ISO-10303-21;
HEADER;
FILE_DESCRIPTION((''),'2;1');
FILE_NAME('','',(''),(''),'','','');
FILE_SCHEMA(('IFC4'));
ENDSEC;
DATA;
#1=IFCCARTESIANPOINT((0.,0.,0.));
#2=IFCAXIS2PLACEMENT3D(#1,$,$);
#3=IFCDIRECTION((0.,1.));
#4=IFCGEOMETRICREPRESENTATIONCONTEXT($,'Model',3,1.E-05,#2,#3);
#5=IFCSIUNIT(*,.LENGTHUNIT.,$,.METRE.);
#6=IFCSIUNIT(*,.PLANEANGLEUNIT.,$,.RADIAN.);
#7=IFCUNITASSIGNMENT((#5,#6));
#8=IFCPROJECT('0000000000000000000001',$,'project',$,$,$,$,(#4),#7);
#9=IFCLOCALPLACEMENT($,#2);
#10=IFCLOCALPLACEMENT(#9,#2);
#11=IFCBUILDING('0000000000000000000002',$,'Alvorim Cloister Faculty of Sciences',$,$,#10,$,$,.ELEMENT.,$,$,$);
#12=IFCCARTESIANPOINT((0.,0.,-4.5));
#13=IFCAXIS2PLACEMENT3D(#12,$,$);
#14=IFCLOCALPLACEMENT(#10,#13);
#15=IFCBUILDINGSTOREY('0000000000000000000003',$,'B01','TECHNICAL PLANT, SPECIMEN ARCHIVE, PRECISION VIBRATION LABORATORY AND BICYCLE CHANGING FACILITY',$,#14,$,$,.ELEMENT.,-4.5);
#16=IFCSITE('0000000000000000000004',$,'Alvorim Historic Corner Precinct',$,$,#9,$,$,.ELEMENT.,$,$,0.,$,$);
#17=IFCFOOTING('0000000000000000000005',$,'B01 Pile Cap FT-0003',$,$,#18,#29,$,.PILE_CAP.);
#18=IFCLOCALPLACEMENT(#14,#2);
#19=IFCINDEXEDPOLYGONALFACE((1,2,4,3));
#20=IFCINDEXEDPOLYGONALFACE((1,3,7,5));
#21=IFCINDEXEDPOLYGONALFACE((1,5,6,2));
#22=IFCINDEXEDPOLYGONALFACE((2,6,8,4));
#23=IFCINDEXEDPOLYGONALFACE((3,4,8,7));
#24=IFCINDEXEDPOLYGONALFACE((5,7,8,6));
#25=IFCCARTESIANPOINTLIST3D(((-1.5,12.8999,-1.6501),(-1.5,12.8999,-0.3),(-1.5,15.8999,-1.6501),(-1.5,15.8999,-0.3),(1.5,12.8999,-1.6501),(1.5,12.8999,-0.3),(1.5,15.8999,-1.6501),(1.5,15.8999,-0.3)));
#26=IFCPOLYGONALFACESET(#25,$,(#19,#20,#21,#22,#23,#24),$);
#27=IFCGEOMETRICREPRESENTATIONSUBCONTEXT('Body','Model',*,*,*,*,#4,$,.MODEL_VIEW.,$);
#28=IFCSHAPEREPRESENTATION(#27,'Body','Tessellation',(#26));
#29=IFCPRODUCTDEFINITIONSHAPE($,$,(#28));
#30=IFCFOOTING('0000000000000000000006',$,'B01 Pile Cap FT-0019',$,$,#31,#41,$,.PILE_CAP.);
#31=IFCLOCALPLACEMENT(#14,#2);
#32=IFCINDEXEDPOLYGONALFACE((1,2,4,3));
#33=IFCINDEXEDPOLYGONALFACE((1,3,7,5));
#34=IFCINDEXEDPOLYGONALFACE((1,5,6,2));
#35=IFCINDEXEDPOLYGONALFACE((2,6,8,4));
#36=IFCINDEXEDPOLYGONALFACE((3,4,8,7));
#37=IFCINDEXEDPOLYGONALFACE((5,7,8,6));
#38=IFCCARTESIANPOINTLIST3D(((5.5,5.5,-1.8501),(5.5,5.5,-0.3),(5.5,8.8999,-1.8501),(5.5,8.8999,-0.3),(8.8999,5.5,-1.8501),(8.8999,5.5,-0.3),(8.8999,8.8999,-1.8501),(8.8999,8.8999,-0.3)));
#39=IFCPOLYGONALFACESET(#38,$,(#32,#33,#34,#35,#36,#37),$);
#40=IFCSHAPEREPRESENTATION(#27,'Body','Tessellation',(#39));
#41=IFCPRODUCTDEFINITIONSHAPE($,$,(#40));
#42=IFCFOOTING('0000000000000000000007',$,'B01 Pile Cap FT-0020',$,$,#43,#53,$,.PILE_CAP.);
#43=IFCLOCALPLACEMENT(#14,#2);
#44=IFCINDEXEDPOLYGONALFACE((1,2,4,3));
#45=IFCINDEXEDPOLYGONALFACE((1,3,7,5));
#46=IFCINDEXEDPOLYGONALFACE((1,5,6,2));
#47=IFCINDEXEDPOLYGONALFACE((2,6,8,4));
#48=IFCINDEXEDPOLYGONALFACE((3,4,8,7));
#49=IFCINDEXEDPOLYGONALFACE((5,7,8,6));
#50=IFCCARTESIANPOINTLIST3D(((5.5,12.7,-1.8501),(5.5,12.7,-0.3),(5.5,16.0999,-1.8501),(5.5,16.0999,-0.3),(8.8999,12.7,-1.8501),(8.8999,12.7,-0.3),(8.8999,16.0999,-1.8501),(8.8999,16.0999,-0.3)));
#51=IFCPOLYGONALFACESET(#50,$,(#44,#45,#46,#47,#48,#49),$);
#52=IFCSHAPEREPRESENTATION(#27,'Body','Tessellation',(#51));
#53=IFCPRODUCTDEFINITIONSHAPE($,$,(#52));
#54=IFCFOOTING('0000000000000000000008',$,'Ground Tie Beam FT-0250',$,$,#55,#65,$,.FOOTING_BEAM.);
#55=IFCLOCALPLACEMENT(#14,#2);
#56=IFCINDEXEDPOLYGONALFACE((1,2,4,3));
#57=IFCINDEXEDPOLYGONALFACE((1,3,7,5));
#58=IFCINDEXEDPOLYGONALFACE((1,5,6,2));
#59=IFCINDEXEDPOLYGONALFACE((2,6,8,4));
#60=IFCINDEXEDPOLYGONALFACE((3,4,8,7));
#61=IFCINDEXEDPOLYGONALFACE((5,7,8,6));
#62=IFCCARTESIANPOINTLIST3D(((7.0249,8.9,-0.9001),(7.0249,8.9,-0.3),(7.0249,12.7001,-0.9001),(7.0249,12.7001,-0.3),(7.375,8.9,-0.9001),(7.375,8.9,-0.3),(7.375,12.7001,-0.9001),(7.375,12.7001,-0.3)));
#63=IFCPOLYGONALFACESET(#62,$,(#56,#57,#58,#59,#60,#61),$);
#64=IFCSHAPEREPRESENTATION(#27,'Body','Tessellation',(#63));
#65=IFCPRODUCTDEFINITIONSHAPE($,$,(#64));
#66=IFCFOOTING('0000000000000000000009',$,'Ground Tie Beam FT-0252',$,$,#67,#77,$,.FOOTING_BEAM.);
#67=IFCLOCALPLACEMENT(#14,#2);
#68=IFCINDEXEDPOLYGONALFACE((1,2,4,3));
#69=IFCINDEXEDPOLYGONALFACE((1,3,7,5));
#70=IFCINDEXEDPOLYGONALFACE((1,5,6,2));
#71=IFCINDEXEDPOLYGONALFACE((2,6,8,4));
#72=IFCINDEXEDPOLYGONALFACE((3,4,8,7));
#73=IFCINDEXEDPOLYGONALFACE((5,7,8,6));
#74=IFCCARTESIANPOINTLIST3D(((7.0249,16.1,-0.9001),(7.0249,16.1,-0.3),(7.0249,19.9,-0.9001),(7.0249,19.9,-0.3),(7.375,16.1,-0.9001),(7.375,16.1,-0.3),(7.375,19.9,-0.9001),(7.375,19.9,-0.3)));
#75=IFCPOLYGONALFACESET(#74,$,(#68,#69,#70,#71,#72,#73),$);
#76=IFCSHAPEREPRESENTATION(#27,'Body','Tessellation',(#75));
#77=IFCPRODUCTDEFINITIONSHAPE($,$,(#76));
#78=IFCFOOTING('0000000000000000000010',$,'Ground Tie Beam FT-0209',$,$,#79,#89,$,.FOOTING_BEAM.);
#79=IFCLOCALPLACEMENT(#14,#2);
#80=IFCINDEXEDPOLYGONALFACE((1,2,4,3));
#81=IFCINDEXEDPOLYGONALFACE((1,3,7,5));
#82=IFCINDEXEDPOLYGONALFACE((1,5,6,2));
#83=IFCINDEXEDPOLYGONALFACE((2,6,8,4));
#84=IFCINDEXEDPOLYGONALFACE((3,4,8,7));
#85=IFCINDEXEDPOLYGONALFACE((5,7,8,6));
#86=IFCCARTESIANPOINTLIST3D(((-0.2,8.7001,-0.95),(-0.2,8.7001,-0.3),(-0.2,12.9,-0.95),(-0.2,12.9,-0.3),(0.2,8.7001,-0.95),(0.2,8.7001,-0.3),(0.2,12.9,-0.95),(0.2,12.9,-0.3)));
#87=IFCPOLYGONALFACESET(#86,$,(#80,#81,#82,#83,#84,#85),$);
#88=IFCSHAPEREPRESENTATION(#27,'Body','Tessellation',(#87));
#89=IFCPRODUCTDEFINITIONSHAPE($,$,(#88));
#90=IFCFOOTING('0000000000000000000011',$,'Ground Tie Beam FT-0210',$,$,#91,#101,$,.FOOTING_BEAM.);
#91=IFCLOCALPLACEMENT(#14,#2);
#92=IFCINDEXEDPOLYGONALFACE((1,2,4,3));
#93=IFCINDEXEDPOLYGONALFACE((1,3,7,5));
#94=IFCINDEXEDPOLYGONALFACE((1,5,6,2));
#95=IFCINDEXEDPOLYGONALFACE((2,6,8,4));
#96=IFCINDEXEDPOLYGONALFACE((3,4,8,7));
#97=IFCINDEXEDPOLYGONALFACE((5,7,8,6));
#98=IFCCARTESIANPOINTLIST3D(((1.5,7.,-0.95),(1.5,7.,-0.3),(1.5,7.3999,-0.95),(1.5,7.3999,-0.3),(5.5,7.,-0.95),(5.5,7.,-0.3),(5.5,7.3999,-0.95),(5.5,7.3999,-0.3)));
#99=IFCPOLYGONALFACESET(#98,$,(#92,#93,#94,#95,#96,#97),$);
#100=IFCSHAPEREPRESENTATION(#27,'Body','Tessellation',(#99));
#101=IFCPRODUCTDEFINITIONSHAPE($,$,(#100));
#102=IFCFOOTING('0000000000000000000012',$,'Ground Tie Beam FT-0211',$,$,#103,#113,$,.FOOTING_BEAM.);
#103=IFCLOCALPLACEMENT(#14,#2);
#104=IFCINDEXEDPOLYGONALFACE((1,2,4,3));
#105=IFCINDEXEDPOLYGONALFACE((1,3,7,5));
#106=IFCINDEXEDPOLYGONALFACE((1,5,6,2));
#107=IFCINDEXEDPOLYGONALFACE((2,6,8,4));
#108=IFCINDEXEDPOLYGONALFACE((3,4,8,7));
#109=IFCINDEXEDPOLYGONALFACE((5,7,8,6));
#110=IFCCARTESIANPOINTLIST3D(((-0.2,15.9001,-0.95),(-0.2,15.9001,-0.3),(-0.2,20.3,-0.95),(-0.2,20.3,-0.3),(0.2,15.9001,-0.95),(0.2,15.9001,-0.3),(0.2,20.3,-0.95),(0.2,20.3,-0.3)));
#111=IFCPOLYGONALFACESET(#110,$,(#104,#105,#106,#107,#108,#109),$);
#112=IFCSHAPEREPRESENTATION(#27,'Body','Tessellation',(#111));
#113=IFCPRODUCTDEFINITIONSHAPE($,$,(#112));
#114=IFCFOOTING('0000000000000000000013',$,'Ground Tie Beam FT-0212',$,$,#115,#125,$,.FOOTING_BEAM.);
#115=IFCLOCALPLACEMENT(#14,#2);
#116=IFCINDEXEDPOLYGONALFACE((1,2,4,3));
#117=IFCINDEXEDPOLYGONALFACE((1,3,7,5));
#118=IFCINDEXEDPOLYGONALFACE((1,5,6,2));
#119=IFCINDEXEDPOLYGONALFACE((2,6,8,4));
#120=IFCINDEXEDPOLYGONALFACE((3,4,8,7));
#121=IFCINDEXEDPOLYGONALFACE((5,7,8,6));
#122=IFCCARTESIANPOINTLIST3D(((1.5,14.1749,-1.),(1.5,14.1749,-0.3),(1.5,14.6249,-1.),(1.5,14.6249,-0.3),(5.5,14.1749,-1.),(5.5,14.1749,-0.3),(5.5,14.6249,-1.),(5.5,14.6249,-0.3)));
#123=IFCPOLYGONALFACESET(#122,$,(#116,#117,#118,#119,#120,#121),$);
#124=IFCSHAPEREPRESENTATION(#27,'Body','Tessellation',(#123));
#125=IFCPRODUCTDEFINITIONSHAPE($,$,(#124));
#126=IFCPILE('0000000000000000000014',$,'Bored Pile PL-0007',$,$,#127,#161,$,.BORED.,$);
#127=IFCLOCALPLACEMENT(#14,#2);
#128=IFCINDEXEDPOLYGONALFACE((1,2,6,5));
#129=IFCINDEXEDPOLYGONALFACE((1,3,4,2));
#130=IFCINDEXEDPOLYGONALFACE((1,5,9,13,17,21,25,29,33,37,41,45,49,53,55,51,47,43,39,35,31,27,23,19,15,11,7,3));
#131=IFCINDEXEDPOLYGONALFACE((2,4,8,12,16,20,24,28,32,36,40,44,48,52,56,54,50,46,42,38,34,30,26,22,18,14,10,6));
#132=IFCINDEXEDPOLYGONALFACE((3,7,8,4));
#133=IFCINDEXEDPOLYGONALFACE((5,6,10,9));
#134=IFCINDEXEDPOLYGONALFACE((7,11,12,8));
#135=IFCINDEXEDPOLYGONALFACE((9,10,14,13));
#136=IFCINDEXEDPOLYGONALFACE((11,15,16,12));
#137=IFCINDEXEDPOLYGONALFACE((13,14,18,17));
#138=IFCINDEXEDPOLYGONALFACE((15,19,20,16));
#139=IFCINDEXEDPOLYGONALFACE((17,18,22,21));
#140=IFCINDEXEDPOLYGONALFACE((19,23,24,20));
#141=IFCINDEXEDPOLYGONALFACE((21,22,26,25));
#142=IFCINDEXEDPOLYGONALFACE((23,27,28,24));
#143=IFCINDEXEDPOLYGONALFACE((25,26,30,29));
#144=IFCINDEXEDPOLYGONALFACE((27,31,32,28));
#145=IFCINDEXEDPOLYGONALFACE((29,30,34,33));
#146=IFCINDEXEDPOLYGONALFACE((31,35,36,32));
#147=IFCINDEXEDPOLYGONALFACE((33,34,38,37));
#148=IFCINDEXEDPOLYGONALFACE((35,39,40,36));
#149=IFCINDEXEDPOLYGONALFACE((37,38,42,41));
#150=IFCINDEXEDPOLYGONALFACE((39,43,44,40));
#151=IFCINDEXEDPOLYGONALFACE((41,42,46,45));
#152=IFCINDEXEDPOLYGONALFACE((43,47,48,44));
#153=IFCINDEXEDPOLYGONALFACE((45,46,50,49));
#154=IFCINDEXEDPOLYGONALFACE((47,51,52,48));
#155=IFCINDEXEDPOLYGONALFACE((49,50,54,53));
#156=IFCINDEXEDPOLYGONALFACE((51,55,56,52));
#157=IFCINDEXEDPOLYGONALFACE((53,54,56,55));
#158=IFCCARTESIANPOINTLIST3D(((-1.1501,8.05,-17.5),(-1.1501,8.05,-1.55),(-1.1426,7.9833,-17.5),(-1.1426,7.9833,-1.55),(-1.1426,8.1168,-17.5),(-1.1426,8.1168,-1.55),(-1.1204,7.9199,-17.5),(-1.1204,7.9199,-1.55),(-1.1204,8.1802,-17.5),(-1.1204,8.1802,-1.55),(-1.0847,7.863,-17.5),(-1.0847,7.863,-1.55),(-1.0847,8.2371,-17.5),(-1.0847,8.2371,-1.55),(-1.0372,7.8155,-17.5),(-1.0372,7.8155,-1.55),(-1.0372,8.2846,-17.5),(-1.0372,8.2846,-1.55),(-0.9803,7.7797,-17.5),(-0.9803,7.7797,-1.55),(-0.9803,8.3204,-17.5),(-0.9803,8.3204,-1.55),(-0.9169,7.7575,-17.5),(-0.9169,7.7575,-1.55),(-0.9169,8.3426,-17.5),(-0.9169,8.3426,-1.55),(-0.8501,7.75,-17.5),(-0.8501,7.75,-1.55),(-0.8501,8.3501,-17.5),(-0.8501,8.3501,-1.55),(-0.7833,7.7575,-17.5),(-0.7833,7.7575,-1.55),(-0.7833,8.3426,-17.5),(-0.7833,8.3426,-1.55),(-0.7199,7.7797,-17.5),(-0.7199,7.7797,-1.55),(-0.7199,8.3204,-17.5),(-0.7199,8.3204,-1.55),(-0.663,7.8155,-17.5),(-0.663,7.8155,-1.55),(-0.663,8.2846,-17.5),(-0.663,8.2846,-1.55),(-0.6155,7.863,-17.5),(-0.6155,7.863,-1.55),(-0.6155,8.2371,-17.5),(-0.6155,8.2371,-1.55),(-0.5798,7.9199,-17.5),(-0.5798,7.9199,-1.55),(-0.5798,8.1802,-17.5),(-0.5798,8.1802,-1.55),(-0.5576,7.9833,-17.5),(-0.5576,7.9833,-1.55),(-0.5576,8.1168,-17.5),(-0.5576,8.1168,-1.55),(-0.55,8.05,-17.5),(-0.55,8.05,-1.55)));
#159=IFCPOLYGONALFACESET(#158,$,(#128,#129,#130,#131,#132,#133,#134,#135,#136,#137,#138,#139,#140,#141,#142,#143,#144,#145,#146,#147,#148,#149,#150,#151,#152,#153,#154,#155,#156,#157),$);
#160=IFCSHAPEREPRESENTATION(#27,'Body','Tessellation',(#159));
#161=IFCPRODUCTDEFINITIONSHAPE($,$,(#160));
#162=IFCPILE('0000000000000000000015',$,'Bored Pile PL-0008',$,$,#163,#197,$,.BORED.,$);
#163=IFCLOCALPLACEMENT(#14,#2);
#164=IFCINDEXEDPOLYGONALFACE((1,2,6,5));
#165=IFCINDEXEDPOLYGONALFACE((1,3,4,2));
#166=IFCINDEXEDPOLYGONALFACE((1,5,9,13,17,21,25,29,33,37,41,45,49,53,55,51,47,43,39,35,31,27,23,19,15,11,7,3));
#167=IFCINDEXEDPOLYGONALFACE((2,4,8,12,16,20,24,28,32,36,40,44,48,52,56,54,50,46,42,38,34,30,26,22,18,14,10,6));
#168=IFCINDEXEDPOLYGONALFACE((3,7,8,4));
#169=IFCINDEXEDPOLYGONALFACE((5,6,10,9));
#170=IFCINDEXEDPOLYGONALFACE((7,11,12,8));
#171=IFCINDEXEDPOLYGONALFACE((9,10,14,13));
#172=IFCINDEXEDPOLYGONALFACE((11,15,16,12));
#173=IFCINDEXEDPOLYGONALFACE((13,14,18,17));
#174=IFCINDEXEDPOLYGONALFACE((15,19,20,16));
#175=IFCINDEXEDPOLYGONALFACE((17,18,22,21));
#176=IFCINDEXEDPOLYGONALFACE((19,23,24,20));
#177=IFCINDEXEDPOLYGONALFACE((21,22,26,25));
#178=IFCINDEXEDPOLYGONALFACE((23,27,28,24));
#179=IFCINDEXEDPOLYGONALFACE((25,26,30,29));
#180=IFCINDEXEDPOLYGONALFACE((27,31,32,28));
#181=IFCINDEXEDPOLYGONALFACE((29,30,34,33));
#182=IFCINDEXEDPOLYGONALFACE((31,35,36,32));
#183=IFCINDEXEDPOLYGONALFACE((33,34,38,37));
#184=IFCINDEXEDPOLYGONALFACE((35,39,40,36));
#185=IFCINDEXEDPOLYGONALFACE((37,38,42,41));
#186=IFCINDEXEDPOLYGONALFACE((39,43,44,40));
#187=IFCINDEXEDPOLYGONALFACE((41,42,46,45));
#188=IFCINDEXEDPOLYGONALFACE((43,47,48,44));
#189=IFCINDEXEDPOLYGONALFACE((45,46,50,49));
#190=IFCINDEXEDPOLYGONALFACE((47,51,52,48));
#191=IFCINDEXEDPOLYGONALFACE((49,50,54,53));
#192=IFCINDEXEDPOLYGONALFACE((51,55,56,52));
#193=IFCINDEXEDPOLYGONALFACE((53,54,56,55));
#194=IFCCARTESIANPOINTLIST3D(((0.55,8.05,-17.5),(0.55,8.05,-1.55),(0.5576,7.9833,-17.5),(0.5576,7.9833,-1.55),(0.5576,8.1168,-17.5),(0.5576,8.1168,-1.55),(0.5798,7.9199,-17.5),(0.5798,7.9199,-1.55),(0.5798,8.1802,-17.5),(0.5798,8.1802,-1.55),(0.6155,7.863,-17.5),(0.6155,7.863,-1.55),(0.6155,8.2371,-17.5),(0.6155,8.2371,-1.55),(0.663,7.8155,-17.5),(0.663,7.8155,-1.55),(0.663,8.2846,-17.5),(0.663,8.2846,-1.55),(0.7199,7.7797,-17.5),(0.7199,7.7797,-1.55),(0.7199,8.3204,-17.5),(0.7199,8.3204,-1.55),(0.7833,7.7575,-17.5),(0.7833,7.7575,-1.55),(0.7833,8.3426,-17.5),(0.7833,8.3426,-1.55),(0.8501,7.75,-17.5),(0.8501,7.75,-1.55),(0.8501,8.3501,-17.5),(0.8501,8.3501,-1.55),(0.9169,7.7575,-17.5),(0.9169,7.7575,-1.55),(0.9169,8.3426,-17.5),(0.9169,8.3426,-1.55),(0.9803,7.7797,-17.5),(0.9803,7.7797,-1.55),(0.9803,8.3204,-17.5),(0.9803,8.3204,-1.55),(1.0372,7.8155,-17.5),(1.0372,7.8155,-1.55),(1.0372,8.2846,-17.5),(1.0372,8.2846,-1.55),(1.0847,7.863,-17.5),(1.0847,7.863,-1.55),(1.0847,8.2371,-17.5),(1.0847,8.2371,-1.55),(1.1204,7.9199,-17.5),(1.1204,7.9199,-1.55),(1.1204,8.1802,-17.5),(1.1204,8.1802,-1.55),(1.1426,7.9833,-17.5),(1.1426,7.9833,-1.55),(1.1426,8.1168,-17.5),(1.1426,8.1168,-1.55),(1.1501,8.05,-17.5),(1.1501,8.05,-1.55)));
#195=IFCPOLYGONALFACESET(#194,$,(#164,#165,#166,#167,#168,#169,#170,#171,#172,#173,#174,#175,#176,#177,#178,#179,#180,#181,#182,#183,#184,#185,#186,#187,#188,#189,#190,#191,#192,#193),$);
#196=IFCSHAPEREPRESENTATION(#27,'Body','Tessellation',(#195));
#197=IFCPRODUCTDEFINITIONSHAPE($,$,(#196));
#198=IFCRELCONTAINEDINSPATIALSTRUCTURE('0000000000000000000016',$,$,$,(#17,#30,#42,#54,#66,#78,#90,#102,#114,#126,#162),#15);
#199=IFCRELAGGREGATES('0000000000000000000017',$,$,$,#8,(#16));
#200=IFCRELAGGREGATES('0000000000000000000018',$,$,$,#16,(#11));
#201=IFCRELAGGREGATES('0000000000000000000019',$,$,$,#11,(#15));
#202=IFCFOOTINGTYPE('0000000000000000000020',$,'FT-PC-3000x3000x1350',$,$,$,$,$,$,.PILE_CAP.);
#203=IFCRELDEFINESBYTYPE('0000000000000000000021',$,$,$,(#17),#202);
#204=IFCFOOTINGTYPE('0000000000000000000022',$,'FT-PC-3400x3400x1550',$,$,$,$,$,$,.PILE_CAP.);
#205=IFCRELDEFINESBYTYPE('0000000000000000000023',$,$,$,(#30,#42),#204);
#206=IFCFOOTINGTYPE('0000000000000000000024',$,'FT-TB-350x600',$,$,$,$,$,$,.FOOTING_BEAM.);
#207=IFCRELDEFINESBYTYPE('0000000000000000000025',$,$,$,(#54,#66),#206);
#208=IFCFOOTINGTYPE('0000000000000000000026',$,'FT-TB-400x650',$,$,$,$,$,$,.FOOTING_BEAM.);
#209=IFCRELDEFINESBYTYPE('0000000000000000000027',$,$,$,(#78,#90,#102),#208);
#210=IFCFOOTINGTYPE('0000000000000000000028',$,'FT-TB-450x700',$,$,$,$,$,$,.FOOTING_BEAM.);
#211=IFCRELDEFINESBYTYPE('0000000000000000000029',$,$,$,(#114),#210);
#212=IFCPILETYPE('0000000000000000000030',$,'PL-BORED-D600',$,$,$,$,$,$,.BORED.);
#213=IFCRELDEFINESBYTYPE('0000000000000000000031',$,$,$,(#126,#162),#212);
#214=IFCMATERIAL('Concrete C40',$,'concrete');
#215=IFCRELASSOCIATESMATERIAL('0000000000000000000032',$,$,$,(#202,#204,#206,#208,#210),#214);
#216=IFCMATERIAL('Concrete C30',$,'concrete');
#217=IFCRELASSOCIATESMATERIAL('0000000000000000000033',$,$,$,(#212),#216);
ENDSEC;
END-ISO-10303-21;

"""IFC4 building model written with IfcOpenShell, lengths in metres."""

from ifc_helpers import new_model, si_unit, direction, frame, origin, origin_2d, place, context, subcontext, project, spatial, rectangle, circle, extrude, material, material_profile, profile_set, type_object, element, save


model = new_model("IFC4")

# Units and contexts
model_context = context("Model", 3, precision=1e-05, world=origin(), true_north=direction((0.0, 1.0)))
body_context = subcontext(model_context, "Body", "Model", "MODEL_VIEW")
ifc_project = project(units=[si_unit("LENGTHUNIT", "METRE"), si_unit("PLANEANGLEUNIT", "RADIAN")], contexts=[model_context])

# Site, building, storey
site_placement = place(None, origin())
site = spatial("IfcSite", under=ifc_project, at=site_placement, Name="Alvorim Historic Corner Precinct", CompositionType="ELEMENT", RefElevation=0.0)
building_placement = place(site_placement, origin())
building = spatial("IfcBuilding", under=site, at=building_placement, Name="Alvorim Cloister Faculty of Sciences", CompositionType="ELEMENT")
storey_placement = place(building_placement, frame((0.0, 0.0, -4.5)))
storey = spatial("IfcBuildingStorey", under=building, at=storey_placement, Name="B01", Description="TECHNICAL PLANT, SPECIMEN ARCHIVE, PRECISION VIBRATION LABORATORY AND BICYCLE CHANGING FACILITY", CompositionType="ELEMENT", Elevation=-4.5)

# Footings
ifc_material_1 = material(Name="Concrete C40", Category="concrete")
footing_type_1 = type_object("IfcFootingType", Name="FT-PC-3000x3000x1350", PredefinedType="PILE_CAP", material=ifc_material_1)
footing_1_placement = place(storey_placement, frame((0.0, 14.3999, -1.6501), z_axis=(0.0, 0.0, 1.0), x_axis=(1.0, 0.0, 0.0)))
element("IfcFooting", 1, at=footing_1_placement, inside=storey, type_object=footing_type_1, Name="B01 Pile Cap FT-0003", PredefinedType="PILE_CAP", context=body_context, shape_type="SweptSolid", body=[
    extrude(rectangle(XDim=3.0, YDim=3.0, at=origin_2d()), origin(), (0.0, 0.0, 1.0), 1.3501),
])
footing_type_2 = type_object("IfcFootingType", Name="FT-PC-3400x3400x1550", PredefinedType="PILE_CAP", material=ifc_material_1)
for number, where, z_axis, x_axis, name in (
    (2, (7.2, 7.2, -1.8501), (0.0, 0.0, 1.0), (1.0, 0.0, 0.0), "B01 Pile Cap FT-0019"),
    (3, (7.2, 14.3999, -1.8501), (0.0, 0.0, 1.0), (1.0, 0.0, 0.0), "B01 Pile Cap FT-0020"),
):
    element("IfcFooting", number, at=place(storey_placement, frame(where, z_axis=z_axis, x_axis=x_axis)), inside=storey, type_object=footing_type_2, Name=name, PredefinedType="PILE_CAP", context=body_context, shape_type="SweptSolid", body=[
        extrude(rectangle(XDim=3.3999, YDim=3.3999, at=origin_2d()), origin(), (0.0, 0.0, 1.0), 1.55),
    ])
footing_type_3 = type_object("IfcFootingType", Name="FT-TB-350x600", PredefinedType="FOOTING_BEAM", material=ifc_material_1)
for number, where, z_axis, x_axis, name in (
    (4, (7.2, 10.8, -0.9001), (0.0, 0.0, 1.0), (1.0, 0.0, 0.0), "Ground Tie Beam FT-0250"),
    (5, (7.2, 18.0, -0.9001), (0.0, 0.0, 1.0), (1.0, 0.0, 0.0), "Ground Tie Beam FT-0252"),
):
    element("IfcFooting", number, at=place(storey_placement, frame(where, z_axis=z_axis, x_axis=x_axis)), inside=storey, type_object=footing_type_3, Name=name, PredefinedType="FOOTING_BEAM", context=body_context, shape_type="SweptSolid", body=[
        extrude(rectangle(XDim=0.3501, YDim=3.8, at=origin_2d()), origin(), (0.0, 0.0, 1.0), 0.6001),
    ])
footing_type_4 = type_object("IfcFootingType", Name="FT-TB-400x650", PredefinedType="FOOTING_BEAM", material=ifc_material_1)
footing_2_placement = place(storey_placement, frame((0.0, 10.8, -0.95), z_axis=(0.0, 0.0, 1.0), x_axis=(1.0, 0.0, 0.0)))
element("IfcFooting", 6, at=footing_2_placement, inside=storey, type_object=footing_type_4, Name="Ground Tie Beam FT-0209", PredefinedType="FOOTING_BEAM", context=body_context, shape_type="SweptSolid", body=[
    extrude(rectangle(XDim=0.3999, YDim=4.2, at=origin_2d()), origin(), (0.0, 0.0, 1.0), 0.6499),
])
footing_3_placement = place(storey_placement, frame((3.5, 7.2, -0.95), z_axis=(0.0, 0.0, 1.0), x_axis=(1.0, 0.0, 0.0)))
element("IfcFooting", 7, at=footing_3_placement, inside=storey, type_object=footing_type_4, Name="Ground Tie Beam FT-0210", PredefinedType="FOOTING_BEAM", context=body_context, shape_type="SweptSolid", body=[
    extrude(rectangle(XDim=4.0, YDim=0.3999, at=origin_2d()), origin(), (0.0, 0.0, 1.0), 0.6499),
])
footing_4_placement = place(storey_placement, frame((0.0, 18.1001, -0.95), z_axis=(0.0, 0.0, 1.0), x_axis=(1.0, 0.0, 0.0)))
element("IfcFooting", 8, at=footing_4_placement, inside=storey, type_object=footing_type_4, Name="Ground Tie Beam FT-0211", PredefinedType="FOOTING_BEAM", context=body_context, shape_type="SweptSolid", body=[
    extrude(rectangle(XDim=0.3999, YDim=4.3999, at=origin_2d()), origin(), (0.0, 0.0, 1.0), 0.6499),
])
footing_type_5 = type_object("IfcFootingType", Name="FT-TB-450x700", PredefinedType="FOOTING_BEAM", material=ifc_material_1)
footing_5_placement = place(storey_placement, frame((3.5, 14.3999, -1.0), z_axis=(0.0, 0.0, 1.0), x_axis=(1.0, 0.0, 0.0)))
element("IfcFooting", 9, at=footing_5_placement, inside=storey, type_object=footing_type_5, Name="Ground Tie Beam FT-0212", PredefinedType="FOOTING_BEAM", context=body_context, shape_type="SweptSolid", body=[
    extrude(rectangle(XDim=4.0, YDim=0.45, at=origin_2d()), origin(), (0.0, 0.0, 1.0), 0.7),
])

# Piles
ifc_material_2 = material(Name="Concrete C30", Category="concrete")
ifc_material_profile_1 = material_profile(ifc_material_2, circle(Radius=0.3, at=origin_2d()), Name="PILE-D600")
ifc_profile_set_1 = profile_set([ifc_material_profile_1], Name="Concrete C30")
pile_type_1 = type_object("IfcPileType", Name="PL-BORED-D600", PredefinedType="BORED", material=ifc_profile_set_1)
for number, where, z_axis, x_axis, name in (
    (10, (-0.8501, 8.05, -1.55), (0.0, 0.0, -1.0), (1.0, 0.0, 0.0), "Bored Pile PL-0007"),
    (11, (0.8501, 8.05, -1.55), (0.0, 0.0, -1.0), (1.0, 0.0, 0.0), "Bored Pile PL-0008"),
):
    element("IfcPile", number, at=place(storey_placement, frame(where, z_axis=z_axis, x_axis=x_axis)), inside=storey, type_object=pile_type_1, Name=name, PredefinedType="BORED", context=body_context, shape_type="SweptSolid", body=[
        extrude(circle(Radius=0.3, at=origin_2d()), origin(), (0.0, 0.0, 1.0), 15.95),
    ])

save(model, "model.ifc")
